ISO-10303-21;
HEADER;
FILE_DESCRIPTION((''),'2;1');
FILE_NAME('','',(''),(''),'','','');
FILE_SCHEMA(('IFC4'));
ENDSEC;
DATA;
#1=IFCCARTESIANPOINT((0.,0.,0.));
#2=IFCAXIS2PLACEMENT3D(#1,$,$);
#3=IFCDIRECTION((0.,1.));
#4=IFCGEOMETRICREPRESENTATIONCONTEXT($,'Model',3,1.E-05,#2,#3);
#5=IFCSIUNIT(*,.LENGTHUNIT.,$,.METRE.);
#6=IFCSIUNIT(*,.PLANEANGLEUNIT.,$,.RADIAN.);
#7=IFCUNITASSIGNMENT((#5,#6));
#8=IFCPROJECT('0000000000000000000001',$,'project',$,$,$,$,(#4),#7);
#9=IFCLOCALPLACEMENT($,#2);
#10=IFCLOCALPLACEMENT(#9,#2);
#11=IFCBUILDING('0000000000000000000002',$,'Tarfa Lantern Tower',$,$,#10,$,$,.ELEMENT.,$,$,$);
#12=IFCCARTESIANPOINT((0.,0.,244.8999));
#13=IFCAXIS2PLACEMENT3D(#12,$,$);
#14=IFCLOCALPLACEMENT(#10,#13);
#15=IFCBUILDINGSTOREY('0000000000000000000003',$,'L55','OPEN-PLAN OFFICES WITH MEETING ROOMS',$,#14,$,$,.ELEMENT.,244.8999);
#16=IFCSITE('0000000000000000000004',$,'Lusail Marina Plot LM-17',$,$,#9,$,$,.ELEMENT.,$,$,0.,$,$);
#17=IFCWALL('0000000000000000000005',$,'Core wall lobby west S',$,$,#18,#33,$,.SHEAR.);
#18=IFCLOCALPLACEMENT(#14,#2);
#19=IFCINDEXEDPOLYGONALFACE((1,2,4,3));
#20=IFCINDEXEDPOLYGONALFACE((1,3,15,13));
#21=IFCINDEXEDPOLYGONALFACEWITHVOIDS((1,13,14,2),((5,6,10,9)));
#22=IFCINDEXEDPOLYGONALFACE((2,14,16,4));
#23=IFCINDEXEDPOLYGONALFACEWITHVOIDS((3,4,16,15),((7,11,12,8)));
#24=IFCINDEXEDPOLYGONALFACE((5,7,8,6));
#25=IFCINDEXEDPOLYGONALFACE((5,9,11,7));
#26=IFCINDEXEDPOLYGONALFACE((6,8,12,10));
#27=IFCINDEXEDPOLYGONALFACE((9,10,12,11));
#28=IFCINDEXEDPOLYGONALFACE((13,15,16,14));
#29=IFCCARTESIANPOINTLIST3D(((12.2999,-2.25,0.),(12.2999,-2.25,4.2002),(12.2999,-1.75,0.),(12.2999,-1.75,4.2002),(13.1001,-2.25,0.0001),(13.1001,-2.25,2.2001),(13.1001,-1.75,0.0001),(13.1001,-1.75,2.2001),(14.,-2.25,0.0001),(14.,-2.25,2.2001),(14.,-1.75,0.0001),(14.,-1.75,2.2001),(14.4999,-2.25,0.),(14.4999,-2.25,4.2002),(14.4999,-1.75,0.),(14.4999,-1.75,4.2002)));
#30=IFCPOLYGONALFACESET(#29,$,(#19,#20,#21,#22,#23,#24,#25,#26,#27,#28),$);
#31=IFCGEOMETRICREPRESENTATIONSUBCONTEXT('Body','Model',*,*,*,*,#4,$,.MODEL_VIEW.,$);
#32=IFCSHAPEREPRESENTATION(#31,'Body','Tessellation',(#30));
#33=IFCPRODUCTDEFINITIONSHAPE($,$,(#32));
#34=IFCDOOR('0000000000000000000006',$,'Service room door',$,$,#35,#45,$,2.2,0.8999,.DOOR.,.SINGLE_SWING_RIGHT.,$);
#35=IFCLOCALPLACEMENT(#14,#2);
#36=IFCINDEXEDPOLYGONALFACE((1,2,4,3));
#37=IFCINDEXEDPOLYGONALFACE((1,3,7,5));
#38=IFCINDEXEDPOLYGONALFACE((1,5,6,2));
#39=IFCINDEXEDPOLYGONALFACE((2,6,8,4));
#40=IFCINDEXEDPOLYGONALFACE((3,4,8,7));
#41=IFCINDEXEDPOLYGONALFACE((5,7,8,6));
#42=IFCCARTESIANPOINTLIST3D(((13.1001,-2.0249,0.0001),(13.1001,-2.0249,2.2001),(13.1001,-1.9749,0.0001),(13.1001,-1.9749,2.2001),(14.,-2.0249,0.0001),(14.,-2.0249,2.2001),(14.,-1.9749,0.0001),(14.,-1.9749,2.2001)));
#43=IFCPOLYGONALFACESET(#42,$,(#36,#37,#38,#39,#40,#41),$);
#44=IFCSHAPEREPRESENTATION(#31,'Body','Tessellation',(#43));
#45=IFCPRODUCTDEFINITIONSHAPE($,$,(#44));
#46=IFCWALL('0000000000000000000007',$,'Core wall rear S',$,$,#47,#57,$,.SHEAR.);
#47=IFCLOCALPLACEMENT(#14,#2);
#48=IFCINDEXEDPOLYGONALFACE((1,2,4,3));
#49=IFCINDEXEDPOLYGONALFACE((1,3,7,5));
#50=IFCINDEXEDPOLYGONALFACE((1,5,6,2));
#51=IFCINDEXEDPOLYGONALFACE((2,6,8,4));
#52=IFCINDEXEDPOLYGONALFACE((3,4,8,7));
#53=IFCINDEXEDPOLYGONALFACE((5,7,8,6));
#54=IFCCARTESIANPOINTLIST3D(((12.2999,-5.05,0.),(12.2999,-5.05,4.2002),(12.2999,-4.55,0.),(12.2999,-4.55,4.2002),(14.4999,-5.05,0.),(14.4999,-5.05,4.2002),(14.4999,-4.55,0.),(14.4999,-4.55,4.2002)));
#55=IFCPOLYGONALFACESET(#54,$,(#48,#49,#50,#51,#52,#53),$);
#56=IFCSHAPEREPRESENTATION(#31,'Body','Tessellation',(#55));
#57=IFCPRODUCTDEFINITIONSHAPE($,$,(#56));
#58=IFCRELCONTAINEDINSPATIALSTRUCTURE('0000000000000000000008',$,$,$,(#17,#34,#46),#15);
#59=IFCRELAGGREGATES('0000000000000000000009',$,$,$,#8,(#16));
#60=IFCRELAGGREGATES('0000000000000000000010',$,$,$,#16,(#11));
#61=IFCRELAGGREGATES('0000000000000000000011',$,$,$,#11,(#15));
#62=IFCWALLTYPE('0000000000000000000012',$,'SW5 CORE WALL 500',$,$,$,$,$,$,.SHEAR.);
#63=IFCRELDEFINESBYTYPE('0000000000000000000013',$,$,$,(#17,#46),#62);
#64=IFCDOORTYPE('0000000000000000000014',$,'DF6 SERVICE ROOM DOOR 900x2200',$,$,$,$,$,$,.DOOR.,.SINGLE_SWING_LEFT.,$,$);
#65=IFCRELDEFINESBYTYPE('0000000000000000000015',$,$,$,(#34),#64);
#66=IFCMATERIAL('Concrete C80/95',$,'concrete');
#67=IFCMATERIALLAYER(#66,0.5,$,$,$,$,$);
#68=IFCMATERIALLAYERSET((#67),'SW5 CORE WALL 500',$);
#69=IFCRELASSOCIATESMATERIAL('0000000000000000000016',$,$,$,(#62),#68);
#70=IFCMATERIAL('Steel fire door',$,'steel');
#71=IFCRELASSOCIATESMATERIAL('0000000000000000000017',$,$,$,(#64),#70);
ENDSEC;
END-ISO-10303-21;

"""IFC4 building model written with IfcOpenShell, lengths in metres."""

from ifc_helpers import new_model, si_unit, direction, frame, frame_2d, origin, place, context, subcontext, project, spatial, rectangle, extrude, material, layer, layer_set, type_object, element, fill, save


model = new_model("IFC4")

# Units and contexts
model_context = context("Model", 3, precision=1e-05, world=origin(), true_north=direction((0.0, 1.0)))
body_context = subcontext(model_context, "Body", "Model", "MODEL_VIEW")
ifc_project = project(units=[si_unit("LENGTHUNIT", "METRE"), si_unit("PLANEANGLEUNIT", "RADIAN")], contexts=[model_context])

# Site, building, storey
site_placement = place(None, origin())
site = spatial("IfcSite", under=ifc_project, at=site_placement, Name="Lusail Marina Plot LM-17", CompositionType="ELEMENT", RefElevation=0.0)
building_placement = place(site_placement, origin())
building = spatial("IfcBuilding", under=site, at=building_placement, Name="Tarfa Lantern Tower", CompositionType="ELEMENT")
storey_placement = place(building_placement, frame((0.0, 0.0, 244.8999)))
storey = spatial("IfcBuildingStorey", under=building, at=storey_placement, Name="L55", Description="OPEN-PLAN OFFICES WITH MEETING ROOMS", CompositionType="ELEMENT", Elevation=244.8999)

# Shared definitions
ifc_material_1 = material(Name="Concrete C80/95", Category="concrete")

# Wall, opening, door
ifc_material_2 = material(Name="Steel fire door", Category="steel")
ifc_layer_1 = layer(ifc_material_1, 0.5)
ifc_layer_set_1 = layer_set([ifc_layer_1], Name="SW5 CORE WALL 500")
wall_type_1 = type_object("IfcWallType", Name="SW5 CORE WALL 500", PredefinedType="SHEAR", material=ifc_layer_set_1)
wall_1_placement = place(storey_placement, frame((14.5, -2.0, 0.0), z_axis=(0.0, 0.0, 1.0), x_axis=(-1.0, 0.0, 0.0)))
wall_1 = element("IfcWall", 1, at=wall_1_placement, inside=storey, type_object=wall_type_1, Name="Core wall lobby west S", PredefinedType="SHEAR", context=body_context, shape_type="SweptSolid", body=[
    extrude(rectangle(XDim=2.2, YDim=0.5, at=frame_2d((1.1001, 0.0))), origin(), (0.0, 0.0, 1.0), 4.2002),
])
opening_1_placement = place(wall_1_placement, frame((0.5, 0.0, 0.0)))
opening_1 = element("IfcOpeningElement", 2, at=opening_1_placement, cuts=wall_1, PredefinedType="OPENING", context=body_context, shape_type="SweptSolid", body=[
    extrude(rectangle(XDim=0.8999, YDim=2.2, at=frame_2d((0.45, 1.1001))), frame((0.0, 0.26, 0.0), z_axis=(0.0, -1.0, 0.0), x_axis=(1.0, 0.0, 0.0)), (0.0, 0.0, 1.0), 0.52),
])
door_type_1 = type_object("IfcDoorType", Name="DF6 SERVICE ROOM DOOR 900x2200", OperationType="SINGLE_SWING_LEFT", PredefinedType="DOOR", material=ifc_material_2)
door_1_placement = place(opening_1_placement, origin())
door_1 = element("IfcDoor", 3, at=door_1_placement, inside=storey, type_object=door_type_1, Name="Service room door", OperationType="SINGLE_SWING_RIGHT", OverallHeight=2.2, OverallWidth=0.8999, PredefinedType="DOOR", context=body_context, shape_type="SweptSolid", body=[
    extrude(rectangle(XDim=0.8999, YDim=2.2, at=frame_2d((0.45, 1.1001))), frame((0.0, 0.0249, 0.0), z_axis=(0.0, -1.0, 0.0), x_axis=(1.0, 0.0, 0.0)), (0.0, 0.0, 1.0), 0.05),
])
fill(opening_1, door_1)

# Wall
wall_2_placement = place(storey_placement, frame((14.5, -4.8, 0.0), z_axis=(0.0, 0.0, 1.0), x_axis=(-1.0, 0.0, 0.0)))
element("IfcWall", 4, at=wall_2_placement, inside=storey, type_object=wall_type_1, Name="Core wall rear S", PredefinedType="SHEAR", context=body_context, shape_type="SweptSolid", body=[
    extrude(rectangle(XDim=2.2, YDim=0.5, at=frame_2d((1.1001, 0.0))), origin(), (0.0, 0.0, 1.0), 4.2002),
])

save(model, "model.ifc")
